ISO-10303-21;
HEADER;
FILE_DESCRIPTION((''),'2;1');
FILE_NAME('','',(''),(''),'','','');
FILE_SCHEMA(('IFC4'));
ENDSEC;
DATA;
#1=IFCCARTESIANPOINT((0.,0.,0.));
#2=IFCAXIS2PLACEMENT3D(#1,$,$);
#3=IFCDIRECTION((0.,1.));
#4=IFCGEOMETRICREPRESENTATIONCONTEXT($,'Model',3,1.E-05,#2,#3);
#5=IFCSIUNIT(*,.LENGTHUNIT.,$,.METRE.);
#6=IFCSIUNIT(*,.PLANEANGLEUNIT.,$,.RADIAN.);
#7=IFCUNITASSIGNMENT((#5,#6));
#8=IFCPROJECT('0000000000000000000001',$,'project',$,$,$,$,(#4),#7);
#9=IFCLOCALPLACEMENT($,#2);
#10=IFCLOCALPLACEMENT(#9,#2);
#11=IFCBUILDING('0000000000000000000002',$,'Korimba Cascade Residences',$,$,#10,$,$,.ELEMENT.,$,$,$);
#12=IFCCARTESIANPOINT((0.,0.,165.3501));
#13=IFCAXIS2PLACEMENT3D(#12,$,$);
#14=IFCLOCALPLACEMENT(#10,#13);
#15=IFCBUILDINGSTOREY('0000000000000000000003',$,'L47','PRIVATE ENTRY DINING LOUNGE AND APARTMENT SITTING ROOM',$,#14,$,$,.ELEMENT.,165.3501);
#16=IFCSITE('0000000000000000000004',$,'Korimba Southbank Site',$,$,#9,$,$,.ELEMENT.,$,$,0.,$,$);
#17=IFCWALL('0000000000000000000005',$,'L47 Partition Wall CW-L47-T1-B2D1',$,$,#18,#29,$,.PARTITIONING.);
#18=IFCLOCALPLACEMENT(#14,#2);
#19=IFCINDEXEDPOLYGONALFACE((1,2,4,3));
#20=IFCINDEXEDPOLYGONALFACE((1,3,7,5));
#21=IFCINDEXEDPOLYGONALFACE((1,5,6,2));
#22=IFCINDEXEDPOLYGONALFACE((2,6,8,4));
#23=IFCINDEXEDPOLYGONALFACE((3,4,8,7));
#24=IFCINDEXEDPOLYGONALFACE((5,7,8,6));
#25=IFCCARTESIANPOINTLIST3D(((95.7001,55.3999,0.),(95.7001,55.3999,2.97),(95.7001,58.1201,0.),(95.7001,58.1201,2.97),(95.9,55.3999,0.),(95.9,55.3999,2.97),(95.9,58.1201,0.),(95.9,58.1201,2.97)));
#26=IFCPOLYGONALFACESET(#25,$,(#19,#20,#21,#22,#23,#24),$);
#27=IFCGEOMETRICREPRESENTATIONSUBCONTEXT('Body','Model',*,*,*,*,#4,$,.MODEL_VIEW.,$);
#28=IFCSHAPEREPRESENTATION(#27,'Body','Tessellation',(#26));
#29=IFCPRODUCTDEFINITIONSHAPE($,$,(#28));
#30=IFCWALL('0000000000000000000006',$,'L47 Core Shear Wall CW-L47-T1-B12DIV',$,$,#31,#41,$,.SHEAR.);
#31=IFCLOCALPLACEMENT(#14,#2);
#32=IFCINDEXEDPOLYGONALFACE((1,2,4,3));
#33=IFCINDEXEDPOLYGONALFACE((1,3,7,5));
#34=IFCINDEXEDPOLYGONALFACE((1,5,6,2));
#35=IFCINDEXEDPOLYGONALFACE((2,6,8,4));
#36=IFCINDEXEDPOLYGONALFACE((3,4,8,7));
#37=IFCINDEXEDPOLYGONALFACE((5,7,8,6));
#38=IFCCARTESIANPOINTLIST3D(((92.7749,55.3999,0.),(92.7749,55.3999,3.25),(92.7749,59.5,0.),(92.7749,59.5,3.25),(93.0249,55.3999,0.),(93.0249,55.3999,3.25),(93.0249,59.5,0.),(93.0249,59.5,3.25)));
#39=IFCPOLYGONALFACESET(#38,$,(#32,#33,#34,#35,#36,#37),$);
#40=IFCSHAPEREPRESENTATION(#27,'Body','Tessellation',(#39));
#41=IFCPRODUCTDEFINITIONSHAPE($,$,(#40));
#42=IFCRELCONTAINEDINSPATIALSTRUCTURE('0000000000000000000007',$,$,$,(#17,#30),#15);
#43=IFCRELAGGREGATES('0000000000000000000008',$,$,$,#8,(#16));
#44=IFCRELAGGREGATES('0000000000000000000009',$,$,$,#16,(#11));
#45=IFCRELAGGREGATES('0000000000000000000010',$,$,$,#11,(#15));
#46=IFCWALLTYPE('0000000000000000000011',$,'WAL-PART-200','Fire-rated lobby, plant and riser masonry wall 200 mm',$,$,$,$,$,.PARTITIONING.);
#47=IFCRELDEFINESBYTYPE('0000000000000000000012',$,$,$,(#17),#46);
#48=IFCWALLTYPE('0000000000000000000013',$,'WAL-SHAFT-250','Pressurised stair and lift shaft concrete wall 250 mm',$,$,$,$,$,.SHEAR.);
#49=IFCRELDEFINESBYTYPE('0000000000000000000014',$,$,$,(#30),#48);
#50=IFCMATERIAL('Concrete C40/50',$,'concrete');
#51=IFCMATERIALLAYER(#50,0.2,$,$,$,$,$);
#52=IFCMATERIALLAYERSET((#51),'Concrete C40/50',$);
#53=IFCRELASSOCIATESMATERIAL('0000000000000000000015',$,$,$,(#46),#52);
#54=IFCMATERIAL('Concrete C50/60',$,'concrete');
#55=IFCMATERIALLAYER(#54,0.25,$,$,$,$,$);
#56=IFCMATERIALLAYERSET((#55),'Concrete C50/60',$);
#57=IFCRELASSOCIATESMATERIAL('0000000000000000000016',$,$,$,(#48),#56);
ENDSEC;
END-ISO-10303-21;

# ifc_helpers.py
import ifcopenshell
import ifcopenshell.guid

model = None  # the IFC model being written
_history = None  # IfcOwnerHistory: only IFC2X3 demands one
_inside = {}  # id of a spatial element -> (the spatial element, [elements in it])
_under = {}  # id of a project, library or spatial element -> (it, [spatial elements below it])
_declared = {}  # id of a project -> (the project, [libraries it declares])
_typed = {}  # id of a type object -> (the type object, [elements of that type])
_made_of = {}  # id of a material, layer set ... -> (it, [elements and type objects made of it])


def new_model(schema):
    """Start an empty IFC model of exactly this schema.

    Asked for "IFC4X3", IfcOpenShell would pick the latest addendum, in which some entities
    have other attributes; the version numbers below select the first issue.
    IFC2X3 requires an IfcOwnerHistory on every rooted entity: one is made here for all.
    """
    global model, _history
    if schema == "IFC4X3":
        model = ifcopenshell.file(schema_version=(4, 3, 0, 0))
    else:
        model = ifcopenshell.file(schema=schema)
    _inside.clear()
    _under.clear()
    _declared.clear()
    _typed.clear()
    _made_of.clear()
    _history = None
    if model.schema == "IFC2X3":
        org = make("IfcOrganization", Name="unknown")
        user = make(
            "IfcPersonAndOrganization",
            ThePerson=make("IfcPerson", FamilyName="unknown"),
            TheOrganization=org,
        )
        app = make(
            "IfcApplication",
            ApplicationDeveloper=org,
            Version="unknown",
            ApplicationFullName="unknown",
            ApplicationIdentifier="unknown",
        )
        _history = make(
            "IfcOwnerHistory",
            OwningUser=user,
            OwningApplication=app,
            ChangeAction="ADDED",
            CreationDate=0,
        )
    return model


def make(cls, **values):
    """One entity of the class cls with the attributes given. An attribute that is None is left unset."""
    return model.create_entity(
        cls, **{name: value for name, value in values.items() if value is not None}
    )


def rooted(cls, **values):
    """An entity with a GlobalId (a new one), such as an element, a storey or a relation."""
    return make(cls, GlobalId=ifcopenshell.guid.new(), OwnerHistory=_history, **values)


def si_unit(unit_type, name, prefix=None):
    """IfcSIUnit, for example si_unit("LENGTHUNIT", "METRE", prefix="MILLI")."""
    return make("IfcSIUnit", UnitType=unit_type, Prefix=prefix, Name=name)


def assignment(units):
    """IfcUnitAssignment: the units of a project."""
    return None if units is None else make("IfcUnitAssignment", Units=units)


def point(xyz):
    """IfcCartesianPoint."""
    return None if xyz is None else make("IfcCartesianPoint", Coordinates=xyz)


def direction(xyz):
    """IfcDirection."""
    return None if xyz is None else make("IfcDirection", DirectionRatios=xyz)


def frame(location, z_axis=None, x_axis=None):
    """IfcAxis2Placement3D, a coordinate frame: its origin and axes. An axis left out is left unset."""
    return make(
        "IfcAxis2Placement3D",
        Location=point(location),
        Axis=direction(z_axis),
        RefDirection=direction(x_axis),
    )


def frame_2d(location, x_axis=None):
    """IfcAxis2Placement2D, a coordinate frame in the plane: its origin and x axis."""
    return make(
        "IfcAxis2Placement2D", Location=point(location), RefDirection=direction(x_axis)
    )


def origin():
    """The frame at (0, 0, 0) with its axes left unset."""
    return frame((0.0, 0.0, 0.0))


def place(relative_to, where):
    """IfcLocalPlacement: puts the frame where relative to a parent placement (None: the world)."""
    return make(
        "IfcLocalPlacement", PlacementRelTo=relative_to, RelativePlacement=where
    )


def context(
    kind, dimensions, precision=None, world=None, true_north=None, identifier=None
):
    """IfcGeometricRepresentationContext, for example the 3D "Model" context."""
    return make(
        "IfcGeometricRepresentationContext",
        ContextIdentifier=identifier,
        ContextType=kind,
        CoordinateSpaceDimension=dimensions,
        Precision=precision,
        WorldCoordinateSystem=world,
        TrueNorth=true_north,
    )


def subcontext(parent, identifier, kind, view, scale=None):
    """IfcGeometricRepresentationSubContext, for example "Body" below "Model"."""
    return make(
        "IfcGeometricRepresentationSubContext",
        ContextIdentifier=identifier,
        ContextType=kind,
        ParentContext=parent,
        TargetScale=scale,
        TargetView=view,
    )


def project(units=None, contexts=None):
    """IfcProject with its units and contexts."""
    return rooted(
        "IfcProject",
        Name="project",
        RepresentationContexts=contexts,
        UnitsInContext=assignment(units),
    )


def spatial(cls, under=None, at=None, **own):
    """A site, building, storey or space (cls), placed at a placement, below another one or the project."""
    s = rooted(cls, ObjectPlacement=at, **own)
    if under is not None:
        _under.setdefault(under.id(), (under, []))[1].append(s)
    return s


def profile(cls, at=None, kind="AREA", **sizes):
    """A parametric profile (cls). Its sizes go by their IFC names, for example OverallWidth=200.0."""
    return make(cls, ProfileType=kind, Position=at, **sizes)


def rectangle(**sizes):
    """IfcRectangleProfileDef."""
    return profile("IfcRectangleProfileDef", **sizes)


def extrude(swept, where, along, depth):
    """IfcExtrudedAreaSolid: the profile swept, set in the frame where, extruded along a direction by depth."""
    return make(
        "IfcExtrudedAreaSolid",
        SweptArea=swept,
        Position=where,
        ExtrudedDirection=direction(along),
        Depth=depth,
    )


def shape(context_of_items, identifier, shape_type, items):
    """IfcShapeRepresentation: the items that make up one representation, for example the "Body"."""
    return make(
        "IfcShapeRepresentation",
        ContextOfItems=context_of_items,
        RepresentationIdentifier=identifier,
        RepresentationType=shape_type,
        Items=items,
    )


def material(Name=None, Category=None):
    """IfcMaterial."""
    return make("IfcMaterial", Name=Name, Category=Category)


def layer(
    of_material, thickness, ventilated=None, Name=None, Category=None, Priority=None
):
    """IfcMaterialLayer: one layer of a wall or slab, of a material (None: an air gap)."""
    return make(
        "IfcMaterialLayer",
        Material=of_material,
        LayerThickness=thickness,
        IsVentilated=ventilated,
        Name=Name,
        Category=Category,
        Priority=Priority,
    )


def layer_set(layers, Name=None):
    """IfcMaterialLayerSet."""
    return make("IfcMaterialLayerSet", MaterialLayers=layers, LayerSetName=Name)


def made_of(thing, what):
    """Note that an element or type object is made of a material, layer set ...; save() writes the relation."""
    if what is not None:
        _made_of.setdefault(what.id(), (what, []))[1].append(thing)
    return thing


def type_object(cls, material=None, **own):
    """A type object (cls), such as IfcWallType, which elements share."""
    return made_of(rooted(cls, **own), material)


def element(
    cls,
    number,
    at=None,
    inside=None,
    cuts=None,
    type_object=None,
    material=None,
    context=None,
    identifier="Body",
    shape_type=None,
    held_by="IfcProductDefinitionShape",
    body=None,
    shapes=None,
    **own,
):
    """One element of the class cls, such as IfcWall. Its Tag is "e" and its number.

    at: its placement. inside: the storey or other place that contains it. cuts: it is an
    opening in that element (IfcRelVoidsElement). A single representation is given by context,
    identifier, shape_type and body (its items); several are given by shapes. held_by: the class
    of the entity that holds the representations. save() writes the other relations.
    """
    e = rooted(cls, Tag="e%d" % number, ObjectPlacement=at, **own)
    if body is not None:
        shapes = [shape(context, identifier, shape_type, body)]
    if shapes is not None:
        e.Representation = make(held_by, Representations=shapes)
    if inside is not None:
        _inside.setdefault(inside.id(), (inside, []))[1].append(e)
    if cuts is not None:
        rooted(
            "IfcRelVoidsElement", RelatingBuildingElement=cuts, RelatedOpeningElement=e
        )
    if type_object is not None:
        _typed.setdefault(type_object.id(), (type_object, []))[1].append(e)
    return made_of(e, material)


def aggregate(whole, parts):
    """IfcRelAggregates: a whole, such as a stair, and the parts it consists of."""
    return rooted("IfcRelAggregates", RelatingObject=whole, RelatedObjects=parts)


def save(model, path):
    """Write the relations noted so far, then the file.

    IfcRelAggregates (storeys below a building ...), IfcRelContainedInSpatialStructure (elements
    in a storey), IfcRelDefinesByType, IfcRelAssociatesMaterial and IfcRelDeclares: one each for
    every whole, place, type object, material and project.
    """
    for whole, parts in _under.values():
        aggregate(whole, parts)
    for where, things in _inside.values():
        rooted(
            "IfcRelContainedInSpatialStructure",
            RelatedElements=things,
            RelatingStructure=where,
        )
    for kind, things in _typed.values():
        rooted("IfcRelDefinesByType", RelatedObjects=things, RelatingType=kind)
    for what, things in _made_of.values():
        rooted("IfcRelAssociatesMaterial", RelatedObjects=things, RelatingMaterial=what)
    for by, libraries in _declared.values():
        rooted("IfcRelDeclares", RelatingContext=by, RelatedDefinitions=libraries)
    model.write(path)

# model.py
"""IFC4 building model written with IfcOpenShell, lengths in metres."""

from ifc_helpers import new_model, si_unit, direction, frame, frame_2d, origin, place, context, subcontext, project, spatial, rectangle, extrude, material, layer, layer_set, type_object, element, save


model = new_model("IFC4")

# Units and contexts
model_context = context("Model", 3, precision=1e-05, world=origin(), true_north=direction((0.0, 1.0)))
body_context = subcontext(model_context, "Body", "Model", "MODEL_VIEW")
ifc_project = project(units=[si_unit("LENGTHUNIT", "METRE"), si_unit("PLANEANGLEUNIT", "RADIAN")], contexts=[model_context])

# Site, building, storey
site_placement = place(None, origin())
site = spatial("IfcSite", under=ifc_project, at=site_placement, Name="Korimba Southbank Site", CompositionType="ELEMENT", RefElevation=0.0)
building_placement = place(site_placement, origin())
building = spatial("IfcBuilding", under=site, at=building_placement, Name="Korimba Cascade Residences", CompositionType="ELEMENT")
storey_placement = place(building_placement, frame((0.0, 0.0, 165.3501)))
storey = spatial("IfcBuildingStorey", under=building, at=storey_placement, Name="L47", Description="PRIVATE ENTRY DINING LOUNGE AND APARTMENT SITTING ROOM", CompositionType="ELEMENT", Elevation=165.3501)

# Walls
ifc_material_1 = material(Name="Concrete C40/50", Category="concrete")
ifc_layer_1 = layer(ifc_material_1, 0.2)
ifc_layer_set_1 = layer_set([ifc_layer_1], Name="Concrete C40/50")
wall_type_1 = type_object("IfcWallType", Name="WAL-PART-200", Description="Fire-rated lobby, plant and riser masonry wall 200 mm", PredefinedType="PARTITIONING", material=ifc_layer_set_1)
wall_1_placement = place(storey_placement, frame((95.8, 55.3999, 0.0), z_axis=(0.0, 0.0, 1.0), x_axis=(0.0, 1.0, 0.0)))
element("IfcWall", 1, at=wall_1_placement, inside=storey, type_object=wall_type_1, Name="L47 Partition Wall CW-L47-T1-B2D1", PredefinedType="PARTITIONING", context=body_context, shape_type="SweptSolid", body=[
    extrude(rectangle(XDim=2.7202, YDim=0.2, at=frame_2d((1.3601, 0.0))), origin(), (0.0, 0.0, 1.0), 2.97),
])
ifc_material_2 = material(Name="Concrete C50/60", Category="concrete")
ifc_layer_2 = layer(ifc_material_2, 0.25)
ifc_layer_set_2 = layer_set([ifc_layer_2], Name="Concrete C50/60")
wall_type_2 = type_object("IfcWallType", Name="WAL-SHAFT-250", Description="Pressurised stair and lift shaft concrete wall 250 mm", PredefinedType="SHEAR", material=ifc_layer_set_2)
wall_2_placement = place(storey_placement, frame((92.8999, 55.3999, 0.0), z_axis=(0.0, 0.0, 1.0), x_axis=(0.0, 1.0, 0.0)))
element("IfcWall", 2, at=wall_2_placement, inside=storey, type_object=wall_type_2, Name="L47 Core Shear Wall CW-L47-T1-B12DIV", PredefinedType="SHEAR", context=body_context, shape_type="SweptSolid", body=[
    extrude(rectangle(XDim=4.1001, YDim=0.25, at=frame_2d((2.05, 0.0))), origin(), (0.0, 0.0, 1.0), 3.25),
])

save(model, "model.ifc")
